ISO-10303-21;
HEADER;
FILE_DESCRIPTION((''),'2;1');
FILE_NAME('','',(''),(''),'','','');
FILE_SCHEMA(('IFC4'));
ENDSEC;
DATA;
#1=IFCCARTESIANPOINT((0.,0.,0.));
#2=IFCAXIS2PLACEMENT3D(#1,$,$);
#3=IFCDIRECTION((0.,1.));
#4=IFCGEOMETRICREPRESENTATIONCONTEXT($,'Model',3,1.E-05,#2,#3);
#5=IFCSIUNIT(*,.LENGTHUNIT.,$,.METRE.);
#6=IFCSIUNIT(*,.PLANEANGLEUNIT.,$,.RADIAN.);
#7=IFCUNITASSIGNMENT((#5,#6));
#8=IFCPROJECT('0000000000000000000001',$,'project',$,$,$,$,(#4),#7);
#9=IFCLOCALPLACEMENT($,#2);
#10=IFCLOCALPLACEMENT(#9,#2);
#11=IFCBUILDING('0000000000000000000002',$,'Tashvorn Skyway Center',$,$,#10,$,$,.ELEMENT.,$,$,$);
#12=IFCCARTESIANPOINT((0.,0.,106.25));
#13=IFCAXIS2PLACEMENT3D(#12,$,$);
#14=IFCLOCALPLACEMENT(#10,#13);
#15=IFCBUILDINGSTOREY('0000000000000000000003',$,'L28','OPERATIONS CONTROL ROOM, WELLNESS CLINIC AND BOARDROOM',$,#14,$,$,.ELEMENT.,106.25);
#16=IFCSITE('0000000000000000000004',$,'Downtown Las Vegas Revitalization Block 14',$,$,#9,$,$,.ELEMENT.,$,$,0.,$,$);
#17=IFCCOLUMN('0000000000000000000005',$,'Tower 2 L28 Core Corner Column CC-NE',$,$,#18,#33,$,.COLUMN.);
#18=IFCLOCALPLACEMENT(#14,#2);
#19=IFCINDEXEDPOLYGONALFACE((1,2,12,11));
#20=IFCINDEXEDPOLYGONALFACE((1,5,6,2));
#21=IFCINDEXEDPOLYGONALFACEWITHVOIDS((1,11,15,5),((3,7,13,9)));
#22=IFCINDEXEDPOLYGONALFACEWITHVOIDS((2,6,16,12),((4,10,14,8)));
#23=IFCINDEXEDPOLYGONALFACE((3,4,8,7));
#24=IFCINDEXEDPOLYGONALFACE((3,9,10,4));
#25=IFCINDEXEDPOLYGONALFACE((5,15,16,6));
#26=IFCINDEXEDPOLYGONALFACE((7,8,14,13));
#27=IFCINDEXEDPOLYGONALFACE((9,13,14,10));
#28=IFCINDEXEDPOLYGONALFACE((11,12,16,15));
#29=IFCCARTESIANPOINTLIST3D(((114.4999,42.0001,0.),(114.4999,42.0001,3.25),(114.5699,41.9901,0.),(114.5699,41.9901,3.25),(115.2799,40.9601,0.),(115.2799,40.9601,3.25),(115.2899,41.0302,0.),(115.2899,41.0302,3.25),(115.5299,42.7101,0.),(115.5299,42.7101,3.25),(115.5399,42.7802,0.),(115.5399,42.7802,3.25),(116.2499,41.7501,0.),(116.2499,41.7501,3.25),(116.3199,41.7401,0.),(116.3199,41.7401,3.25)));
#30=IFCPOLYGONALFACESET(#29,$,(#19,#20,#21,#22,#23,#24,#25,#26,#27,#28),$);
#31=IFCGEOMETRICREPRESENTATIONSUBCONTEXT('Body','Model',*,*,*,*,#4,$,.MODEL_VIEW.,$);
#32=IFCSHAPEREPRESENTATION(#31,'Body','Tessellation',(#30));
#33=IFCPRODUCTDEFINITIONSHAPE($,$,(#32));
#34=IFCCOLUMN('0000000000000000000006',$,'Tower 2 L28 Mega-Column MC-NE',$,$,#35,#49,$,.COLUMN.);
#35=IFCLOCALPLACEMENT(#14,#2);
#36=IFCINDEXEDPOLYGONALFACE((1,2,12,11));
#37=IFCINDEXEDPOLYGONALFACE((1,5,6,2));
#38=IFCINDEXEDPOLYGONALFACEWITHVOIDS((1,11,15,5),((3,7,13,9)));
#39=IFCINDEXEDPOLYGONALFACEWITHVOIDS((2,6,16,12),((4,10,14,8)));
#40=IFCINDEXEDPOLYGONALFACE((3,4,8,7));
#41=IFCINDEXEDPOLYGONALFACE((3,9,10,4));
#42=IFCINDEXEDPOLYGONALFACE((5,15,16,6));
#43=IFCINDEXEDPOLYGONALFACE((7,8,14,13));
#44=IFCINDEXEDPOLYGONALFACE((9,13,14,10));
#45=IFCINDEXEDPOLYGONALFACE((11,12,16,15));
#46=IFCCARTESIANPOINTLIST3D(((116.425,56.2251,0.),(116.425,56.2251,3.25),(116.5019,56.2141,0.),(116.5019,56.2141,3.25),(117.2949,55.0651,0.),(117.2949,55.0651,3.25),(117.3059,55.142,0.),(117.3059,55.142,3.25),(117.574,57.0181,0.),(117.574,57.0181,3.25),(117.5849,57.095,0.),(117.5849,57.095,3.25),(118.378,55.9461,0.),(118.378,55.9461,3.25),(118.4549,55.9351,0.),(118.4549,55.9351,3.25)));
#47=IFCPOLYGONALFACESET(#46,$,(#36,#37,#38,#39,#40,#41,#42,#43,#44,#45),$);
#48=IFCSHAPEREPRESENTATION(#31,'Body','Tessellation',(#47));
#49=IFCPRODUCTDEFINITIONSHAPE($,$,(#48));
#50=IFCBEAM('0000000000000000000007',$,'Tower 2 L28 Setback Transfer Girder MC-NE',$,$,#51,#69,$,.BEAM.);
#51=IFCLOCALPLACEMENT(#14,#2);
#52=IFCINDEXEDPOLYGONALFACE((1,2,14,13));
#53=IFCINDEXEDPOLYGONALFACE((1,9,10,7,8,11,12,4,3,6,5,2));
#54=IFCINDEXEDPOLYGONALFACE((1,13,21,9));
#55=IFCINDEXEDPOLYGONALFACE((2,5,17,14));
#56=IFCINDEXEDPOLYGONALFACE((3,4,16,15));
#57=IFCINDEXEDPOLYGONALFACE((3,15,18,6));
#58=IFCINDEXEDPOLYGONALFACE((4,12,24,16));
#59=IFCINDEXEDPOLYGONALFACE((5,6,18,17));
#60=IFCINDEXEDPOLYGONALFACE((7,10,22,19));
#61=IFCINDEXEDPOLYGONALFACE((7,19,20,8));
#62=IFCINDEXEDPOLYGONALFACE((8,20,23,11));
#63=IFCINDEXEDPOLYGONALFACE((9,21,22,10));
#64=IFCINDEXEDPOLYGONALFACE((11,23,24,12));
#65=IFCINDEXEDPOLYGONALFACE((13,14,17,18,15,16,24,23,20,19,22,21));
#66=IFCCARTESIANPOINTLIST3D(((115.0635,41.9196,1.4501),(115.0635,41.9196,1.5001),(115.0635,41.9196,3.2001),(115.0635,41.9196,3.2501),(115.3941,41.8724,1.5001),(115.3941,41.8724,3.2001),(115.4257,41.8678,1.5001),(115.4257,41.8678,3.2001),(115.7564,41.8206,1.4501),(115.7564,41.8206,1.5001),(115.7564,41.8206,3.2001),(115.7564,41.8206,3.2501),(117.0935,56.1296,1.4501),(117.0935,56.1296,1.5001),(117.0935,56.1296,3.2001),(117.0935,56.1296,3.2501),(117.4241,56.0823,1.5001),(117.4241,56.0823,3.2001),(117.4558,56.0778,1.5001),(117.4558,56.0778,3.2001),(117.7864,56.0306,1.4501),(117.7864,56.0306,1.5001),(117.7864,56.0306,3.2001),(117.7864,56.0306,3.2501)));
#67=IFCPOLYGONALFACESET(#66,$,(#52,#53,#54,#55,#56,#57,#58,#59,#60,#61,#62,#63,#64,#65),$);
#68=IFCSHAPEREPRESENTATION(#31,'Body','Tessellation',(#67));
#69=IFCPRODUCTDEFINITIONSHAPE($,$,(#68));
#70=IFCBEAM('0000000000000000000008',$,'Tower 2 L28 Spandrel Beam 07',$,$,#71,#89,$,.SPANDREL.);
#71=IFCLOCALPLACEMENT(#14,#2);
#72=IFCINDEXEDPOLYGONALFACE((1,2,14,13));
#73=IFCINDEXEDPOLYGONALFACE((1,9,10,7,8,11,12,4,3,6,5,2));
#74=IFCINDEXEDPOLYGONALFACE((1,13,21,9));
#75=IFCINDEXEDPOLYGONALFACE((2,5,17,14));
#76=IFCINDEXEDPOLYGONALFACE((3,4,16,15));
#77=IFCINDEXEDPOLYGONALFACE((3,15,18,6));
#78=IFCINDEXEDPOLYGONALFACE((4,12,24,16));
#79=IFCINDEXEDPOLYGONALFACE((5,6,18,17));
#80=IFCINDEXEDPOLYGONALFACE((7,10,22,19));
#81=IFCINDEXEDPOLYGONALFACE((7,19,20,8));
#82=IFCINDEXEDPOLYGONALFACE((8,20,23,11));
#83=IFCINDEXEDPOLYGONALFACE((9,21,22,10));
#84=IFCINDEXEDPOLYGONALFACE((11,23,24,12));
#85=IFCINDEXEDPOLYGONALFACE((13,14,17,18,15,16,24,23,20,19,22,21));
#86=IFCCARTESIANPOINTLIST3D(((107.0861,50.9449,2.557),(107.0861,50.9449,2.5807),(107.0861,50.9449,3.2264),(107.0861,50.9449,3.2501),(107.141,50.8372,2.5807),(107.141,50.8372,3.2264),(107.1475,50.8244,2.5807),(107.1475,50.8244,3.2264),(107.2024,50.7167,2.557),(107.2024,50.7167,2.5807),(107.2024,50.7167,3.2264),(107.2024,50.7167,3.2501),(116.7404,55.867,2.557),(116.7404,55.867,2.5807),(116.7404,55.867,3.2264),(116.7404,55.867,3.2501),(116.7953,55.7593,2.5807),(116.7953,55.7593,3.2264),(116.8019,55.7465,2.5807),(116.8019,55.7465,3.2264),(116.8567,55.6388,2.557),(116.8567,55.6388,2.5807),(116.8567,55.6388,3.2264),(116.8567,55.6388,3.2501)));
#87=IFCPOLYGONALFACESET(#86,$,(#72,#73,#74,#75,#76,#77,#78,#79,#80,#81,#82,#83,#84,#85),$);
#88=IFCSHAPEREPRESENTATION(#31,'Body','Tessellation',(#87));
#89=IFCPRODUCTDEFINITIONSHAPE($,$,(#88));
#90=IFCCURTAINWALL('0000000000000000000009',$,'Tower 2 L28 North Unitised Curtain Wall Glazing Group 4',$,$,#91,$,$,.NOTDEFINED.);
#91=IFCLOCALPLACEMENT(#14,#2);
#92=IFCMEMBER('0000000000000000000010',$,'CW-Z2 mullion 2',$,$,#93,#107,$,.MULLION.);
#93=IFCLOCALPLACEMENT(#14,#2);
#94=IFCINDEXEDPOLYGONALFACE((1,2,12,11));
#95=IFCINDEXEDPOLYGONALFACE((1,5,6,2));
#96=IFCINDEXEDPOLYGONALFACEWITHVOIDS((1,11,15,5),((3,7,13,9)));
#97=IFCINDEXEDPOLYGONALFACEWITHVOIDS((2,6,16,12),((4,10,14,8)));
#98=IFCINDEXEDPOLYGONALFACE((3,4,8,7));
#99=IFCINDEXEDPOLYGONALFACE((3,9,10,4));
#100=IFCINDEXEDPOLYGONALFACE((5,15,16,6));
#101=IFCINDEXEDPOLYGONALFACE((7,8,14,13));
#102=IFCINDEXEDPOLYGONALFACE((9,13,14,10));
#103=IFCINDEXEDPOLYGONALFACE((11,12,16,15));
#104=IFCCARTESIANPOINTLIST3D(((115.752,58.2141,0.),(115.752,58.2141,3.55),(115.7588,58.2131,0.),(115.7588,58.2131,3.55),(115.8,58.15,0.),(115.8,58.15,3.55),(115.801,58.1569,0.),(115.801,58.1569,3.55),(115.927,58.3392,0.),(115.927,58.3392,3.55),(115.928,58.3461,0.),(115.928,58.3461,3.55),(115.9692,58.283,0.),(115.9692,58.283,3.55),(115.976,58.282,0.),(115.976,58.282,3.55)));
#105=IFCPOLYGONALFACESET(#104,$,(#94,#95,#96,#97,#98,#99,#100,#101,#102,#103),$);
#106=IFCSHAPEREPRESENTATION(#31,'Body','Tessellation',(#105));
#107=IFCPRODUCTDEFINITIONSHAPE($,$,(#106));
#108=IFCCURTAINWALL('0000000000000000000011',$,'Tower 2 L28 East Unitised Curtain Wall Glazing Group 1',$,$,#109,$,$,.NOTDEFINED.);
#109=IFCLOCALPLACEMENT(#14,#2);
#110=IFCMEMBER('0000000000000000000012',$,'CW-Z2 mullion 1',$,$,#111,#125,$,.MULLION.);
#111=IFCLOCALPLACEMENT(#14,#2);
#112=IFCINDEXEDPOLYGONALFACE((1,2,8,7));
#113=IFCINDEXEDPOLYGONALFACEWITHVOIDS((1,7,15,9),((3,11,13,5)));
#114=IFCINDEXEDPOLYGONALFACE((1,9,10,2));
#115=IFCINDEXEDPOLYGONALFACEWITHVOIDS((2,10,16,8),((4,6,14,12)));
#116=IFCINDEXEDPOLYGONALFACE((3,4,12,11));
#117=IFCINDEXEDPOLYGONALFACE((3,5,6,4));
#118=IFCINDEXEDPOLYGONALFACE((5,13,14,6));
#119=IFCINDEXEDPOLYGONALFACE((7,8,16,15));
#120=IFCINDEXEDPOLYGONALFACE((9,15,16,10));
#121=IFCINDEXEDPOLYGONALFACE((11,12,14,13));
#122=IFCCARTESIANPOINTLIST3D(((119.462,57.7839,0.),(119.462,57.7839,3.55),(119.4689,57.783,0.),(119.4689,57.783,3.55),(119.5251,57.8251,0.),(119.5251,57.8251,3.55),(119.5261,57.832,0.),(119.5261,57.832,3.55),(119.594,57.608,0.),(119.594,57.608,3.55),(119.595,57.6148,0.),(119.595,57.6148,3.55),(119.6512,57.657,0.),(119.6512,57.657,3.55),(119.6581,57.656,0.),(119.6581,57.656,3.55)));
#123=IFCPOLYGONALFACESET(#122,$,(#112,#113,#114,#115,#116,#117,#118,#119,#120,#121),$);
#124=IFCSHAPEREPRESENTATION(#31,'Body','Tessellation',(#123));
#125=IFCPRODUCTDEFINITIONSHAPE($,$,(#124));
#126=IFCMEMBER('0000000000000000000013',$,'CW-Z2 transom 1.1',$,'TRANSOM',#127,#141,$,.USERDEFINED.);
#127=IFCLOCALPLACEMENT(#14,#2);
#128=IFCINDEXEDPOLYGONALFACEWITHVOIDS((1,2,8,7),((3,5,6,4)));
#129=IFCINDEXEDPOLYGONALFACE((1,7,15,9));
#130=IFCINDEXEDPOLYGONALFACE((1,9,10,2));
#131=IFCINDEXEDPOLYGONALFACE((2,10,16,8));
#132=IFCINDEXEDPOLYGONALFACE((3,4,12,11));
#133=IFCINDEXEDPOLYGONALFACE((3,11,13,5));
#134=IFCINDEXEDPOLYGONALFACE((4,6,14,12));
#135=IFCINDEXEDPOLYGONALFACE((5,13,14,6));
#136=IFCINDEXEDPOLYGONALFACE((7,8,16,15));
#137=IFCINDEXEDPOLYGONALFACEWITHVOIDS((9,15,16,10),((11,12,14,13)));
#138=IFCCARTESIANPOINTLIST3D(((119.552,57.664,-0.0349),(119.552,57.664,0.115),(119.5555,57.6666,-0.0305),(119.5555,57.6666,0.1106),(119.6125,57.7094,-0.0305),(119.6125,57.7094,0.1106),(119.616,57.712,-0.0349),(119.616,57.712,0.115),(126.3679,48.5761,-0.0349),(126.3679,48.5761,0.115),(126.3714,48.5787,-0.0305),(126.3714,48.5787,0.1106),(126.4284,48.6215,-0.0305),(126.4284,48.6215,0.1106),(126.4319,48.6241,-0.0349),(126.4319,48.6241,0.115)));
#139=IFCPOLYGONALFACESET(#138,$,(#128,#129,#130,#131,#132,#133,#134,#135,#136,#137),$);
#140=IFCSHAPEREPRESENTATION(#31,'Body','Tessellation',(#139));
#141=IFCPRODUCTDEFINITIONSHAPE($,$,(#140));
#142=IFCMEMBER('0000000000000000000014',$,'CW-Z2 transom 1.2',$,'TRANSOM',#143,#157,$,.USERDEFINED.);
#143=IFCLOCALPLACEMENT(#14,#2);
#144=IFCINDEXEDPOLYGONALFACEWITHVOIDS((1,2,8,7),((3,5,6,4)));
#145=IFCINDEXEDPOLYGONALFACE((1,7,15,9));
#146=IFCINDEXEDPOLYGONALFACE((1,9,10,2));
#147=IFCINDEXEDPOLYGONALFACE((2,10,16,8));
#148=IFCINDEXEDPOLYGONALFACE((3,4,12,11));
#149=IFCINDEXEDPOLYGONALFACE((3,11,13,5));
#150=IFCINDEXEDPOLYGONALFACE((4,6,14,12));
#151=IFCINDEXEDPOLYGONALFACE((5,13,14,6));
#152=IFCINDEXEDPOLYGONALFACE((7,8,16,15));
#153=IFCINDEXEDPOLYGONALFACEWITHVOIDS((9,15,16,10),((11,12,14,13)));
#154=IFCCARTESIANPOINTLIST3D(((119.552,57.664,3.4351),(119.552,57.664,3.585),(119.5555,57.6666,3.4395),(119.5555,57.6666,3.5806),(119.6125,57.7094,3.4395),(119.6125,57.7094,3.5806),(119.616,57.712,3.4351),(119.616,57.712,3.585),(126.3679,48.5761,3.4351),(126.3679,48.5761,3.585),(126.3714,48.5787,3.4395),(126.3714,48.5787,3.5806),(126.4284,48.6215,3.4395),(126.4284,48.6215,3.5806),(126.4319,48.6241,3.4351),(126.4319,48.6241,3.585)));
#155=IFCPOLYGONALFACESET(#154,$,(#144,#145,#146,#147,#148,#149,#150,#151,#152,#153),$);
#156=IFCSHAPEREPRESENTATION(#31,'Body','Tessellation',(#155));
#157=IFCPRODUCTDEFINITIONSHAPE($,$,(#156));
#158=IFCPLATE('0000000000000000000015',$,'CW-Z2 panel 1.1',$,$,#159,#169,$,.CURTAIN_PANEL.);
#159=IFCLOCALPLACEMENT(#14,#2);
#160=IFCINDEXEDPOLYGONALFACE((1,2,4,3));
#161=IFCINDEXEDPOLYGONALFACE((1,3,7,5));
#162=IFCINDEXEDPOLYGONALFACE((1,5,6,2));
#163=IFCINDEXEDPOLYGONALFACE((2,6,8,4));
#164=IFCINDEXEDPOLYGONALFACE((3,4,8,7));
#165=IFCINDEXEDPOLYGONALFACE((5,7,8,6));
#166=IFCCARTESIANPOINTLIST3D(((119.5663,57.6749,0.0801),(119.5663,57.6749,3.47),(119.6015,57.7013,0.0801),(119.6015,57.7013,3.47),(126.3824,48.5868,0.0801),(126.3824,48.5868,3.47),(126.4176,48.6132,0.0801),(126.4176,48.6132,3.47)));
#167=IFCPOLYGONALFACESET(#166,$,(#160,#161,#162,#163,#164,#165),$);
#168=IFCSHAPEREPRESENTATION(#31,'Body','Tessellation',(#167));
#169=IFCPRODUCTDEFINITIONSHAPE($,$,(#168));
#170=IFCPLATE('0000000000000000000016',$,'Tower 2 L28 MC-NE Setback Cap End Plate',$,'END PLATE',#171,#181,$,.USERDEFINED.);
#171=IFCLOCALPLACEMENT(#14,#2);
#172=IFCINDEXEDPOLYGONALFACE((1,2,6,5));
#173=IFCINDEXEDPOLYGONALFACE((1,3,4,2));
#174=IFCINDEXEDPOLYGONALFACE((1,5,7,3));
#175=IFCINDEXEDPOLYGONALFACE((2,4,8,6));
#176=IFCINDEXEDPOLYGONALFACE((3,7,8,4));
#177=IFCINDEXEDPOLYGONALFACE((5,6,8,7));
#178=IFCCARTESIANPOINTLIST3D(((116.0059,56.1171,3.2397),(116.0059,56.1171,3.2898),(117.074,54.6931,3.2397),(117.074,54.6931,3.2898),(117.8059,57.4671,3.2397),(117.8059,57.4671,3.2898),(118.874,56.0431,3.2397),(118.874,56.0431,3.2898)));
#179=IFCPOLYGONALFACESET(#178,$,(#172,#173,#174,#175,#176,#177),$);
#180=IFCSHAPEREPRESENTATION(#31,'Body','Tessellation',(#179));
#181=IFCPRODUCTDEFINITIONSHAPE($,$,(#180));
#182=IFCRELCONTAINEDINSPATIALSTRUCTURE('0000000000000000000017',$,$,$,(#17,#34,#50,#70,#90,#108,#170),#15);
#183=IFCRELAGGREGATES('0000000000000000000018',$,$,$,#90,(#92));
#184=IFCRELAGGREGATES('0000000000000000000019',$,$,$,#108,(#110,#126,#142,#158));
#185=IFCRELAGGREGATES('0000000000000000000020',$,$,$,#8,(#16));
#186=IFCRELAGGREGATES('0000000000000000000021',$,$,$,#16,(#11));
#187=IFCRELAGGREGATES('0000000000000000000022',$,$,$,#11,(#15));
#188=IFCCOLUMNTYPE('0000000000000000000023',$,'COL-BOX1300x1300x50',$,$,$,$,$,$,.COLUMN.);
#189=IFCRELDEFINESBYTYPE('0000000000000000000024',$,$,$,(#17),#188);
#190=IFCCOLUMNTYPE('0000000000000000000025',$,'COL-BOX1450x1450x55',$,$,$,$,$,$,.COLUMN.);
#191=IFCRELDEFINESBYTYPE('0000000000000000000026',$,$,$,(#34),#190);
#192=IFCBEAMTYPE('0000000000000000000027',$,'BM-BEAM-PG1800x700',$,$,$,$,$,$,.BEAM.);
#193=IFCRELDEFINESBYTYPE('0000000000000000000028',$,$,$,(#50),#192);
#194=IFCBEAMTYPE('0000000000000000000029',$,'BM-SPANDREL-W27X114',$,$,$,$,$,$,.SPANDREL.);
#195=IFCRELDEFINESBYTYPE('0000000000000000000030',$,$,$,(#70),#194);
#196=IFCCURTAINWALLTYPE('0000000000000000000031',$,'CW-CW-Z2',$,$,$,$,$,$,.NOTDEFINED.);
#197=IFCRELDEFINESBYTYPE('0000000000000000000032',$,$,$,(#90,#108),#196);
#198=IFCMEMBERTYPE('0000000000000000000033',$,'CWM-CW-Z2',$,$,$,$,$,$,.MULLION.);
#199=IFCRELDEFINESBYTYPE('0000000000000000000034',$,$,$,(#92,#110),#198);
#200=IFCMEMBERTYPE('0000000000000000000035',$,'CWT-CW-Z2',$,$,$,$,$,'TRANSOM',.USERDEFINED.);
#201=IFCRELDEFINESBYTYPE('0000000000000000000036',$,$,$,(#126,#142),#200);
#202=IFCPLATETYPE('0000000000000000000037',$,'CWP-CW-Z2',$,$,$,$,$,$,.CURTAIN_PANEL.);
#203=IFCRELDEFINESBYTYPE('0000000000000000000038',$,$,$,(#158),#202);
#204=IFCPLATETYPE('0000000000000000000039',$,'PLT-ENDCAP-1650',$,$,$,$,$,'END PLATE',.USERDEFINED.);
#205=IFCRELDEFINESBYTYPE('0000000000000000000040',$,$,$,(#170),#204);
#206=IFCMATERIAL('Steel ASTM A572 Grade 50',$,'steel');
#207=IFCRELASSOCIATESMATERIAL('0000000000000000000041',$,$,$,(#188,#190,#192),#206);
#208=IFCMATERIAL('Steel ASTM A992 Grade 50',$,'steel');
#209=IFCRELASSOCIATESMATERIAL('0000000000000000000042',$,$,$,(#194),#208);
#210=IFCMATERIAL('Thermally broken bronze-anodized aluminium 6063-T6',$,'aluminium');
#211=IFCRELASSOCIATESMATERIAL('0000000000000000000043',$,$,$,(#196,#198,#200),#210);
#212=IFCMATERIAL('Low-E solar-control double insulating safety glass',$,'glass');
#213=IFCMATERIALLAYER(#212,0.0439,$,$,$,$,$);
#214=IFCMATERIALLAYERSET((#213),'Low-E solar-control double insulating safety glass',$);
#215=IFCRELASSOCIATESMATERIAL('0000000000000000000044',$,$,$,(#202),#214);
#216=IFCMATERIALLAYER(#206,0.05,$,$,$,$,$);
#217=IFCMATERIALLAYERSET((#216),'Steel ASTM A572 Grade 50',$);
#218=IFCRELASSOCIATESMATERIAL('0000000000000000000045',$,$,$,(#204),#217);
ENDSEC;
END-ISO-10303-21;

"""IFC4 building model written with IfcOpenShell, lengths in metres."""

from ifc_helpers import new_model, si_unit, direction, frame, origin, origin_2d, place, context, subcontext, project, spatial, rectangle, hollow_rectangle, i_section, extrude, material, layer, layer_set, material_profile, profile_set, type_object, element, aggregate, save


model = new_model("IFC4")

# Units and contexts
model_context = context("Model", 3, precision=1e-05, world=origin(), true_north=direction((0.0, 1.0)))
body_context = subcontext(model_context, "Body", "Model", "MODEL_VIEW")
ifc_project = project(units=[si_unit("LENGTHUNIT", "METRE"), si_unit("PLANEANGLEUNIT", "RADIAN")], contexts=[model_context])

# Site, building, storey
site_placement = place(None, origin())
site = spatial("IfcSite", under=ifc_project, at=site_placement, Name="Downtown Las Vegas Revitalization Block 14", CompositionType="ELEMENT", RefElevation=0.0)
building_placement = place(site_placement, origin())
building = spatial("IfcBuilding", under=site, at=building_placement, Name="Tashvorn Skyway Center", CompositionType="ELEMENT")
storey_placement = place(building_placement, frame((0.0, 0.0, 106.25)))
storey = spatial("IfcBuildingStorey", under=building, at=storey_placement, Name="L28", Description="OPERATIONS CONTROL ROOM, WELLNESS CLINIC AND BOARDROOM", CompositionType="ELEMENT", Elevation=106.25)

# Columns
ifc_material_1 = material(Name="Steel ASTM A572 Grade 50", Category="steel")
ifc_material_profile_1 = material_profile(ifc_material_1, hollow_rectangle(XDim=1.3, YDim=1.3, WallThickness=0.05, at=origin_2d()), Name="BOX1300x1300x50")
ifc_profile_set_1 = profile_set([ifc_material_profile_1], Name="Steel ASTM A572 Grade 50")
column_type_1 = type_object("IfcColumnType", Name="COL-BOX1300x1300x50", PredefinedType="COLUMN", material=ifc_profile_set_1)
column_1_placement = place(storey_placement, frame((115.4099, 41.8701, 0.0), z_axis=(0.0, 0.0, 1.0), x_axis=(0.8, 0.6, 0.0)))
element("IfcColumn", 1, at=column_1_placement, inside=storey, type_object=column_type_1, Name="Tower 2 L28 Core Corner Column CC-NE", PredefinedType="COLUMN", context=body_context, shape_type="SweptSolid", body=[
    extrude(hollow_rectangle(XDim=1.3, YDim=1.3, WallThickness=0.05, at=origin_2d()), origin(), (0.0, 0.0, 1.0), 3.25),
])
ifc_material_profile_2 = material_profile(ifc_material_1, hollow_rectangle(XDim=1.45, YDim=1.45, WallThickness=0.0549, at=origin_2d()), Name="BOX1450x1450x55")
ifc_profile_set_2 = profile_set([ifc_material_profile_2], Name="Steel ASTM A572 Grade 50")
column_type_2 = type_object("IfcColumnType", Name="COL-BOX1450x1450x55", PredefinedType="COLUMN", material=ifc_profile_set_2)
column_2_placement = place(storey_placement, frame((117.4399, 56.0801, 0.0), z_axis=(0.0, 0.0, 1.0), x_axis=(0.8, 0.6, 0.0)))
element("IfcColumn", 2, at=column_2_placement, inside=storey, type_object=column_type_2, Name="Tower 2 L28 Mega-Column MC-NE", PredefinedType="COLUMN", context=body_context, shape_type="SweptSolid", body=[
    extrude(hollow_rectangle(XDim=1.45, YDim=1.45, WallThickness=0.0549, at=origin_2d()), origin(), (0.0, 0.0, 1.0), 3.25),
])

# Beams
ifc_material_profile_3 = material_profile(ifc_material_1, i_section(OverallWidth=0.7, OverallDepth=1.8, WebThickness=0.032, FlangeThickness=0.05, at=origin_2d()), Name="PG1800x700")
ifc_profile_set_3 = profile_set([ifc_material_profile_3], Name="Steel ASTM A572 Grade 50")
beam_type_1 = type_object("IfcBeamType", Name="BM-BEAM-PG1800x700", PredefinedType="BEAM", material=ifc_profile_set_3)
beam_1_placement = place(storey_placement, frame((117.4399, 56.0801, 2.3501), z_axis=(-0.141424, -0.989949, 0.0), x_axis=(0.989949, -0.141424, 0.0)))
element("IfcBeam", 3, at=beam_1_placement, inside=storey, type_object=beam_type_1, Name="Tower 2 L28 Setback Transfer Girder MC-NE", PredefinedType="BEAM", context=body_context, shape_type="SweptSolid", body=[
    extrude(i_section(OverallWidth=0.7, OverallDepth=1.8, WebThickness=0.032, FlangeThickness=0.05, at=origin_2d()), origin(), (0.0, 0.0, 1.0), 14.3542),
])
ifc_material_2 = material(Name="Steel ASTM A992 Grade 50", Category="steel")
ifc_material_profile_4 = material_profile(ifc_material_2, i_section(OverallWidth=0.2561, OverallDepth=0.6931, WebThickness=0.0144, FlangeThickness=0.0237, at=origin_2d()), Name="W27X114")
ifc_profile_set_4 = profile_set([ifc_material_profile_4], Name="Steel ASTM A992 Grade 50")
beam_type_2 = type_object("IfcBeamType", Name="BM-SPANDREL-W27X114", PredefinedType="SPANDREL", material=ifc_profile_set_4)
beam_2_placement = place(storey_placement, frame((116.7986, 55.7529, 2.9036), z_axis=(-0.890894, -0.454211, 0.0), x_axis=(0.454211, -0.890894, 0.0)))
element("IfcBeam", 4, at=beam_2_placement, inside=storey, type_object=beam_type_2, Name="Tower 2 L28 Spandrel Beam 07", PredefinedType="SPANDREL", context=body_context, shape_type="SweptSolid", body=[
    extrude(i_section(OverallWidth=0.2561, OverallDepth=0.6931, WebThickness=0.0144, FlangeThickness=0.0237, at=origin_2d()), origin(), (0.0, 0.0, 1.0), 10.8367),
])

# Curtain wall, member
ifc_material_3 = material(Name="Thermally broken bronze-anodized aluminium 6063-T6", Category="aluminium")
curtain_wall_type = type_object("IfcCurtainWallType", Name="CW-CW-Z2", PredefinedType="NOTDEFINED", material=ifc_material_3)
curtain_wall_1_placement = place(storey_placement, origin())
curtain_wall_1 = element("IfcCurtainWall", 5, at=curtain_wall_1_placement, inside=storey, type_object=curtain_wall_type, Name="Tower 2 L28 North Unitised Curtain Wall Glazing Group 4", PredefinedType="NOTDEFINED")
ifc_material_profile_5 = material_profile(ifc_material_3, hollow_rectangle(XDim=0.0801, YDim=0.22, WallThickness=0.0049, at=origin_2d()), Name="ALU-MULL-80x220")
ifc_profile_set_5 = profile_set([ifc_material_profile_5], Name="Thermally broken bronze-anodized aluminium 6063-T6")
member_type_1 = type_object("IfcMemberType", Name="CWM-CW-Z2", PredefinedType="MULLION", material=ifc_profile_set_5)
member_1_placement = place(storey_placement, frame((115.864, 58.248, 0.0), z_axis=(0.0, 0.0, 1.0), x_axis=(-0.6, 0.8, 0.0)))
member_1 = element("IfcMember", 6, at=member_1_placement, type_object=member_type_1, Name="CW-Z2 mullion 2", PredefinedType="MULLION", context=body_context, shape_type="SweptSolid", body=[
    extrude(hollow_rectangle(XDim=0.0801, YDim=0.22, WallThickness=0.0049, at=origin_2d()), origin(), (0.0, 0.0, 1.0), 3.55),
])
aggregate(curtain_wall_1, [member_1])

# Curtain wall, members, plate
curtain_wall_2_placement = place(storey_placement, origin())
curtain_wall_2 = element("IfcCurtainWall", 7, at=curtain_wall_2_placement, inside=storey, type_object=curtain_wall_type, Name="Tower 2 L28 East Unitised Curtain Wall Glazing Group 1", PredefinedType="NOTDEFINED")
member_2_placement = place(storey_placement, frame((119.5601, 57.72, 0.0), z_axis=(0.0, 0.0, 1.0), x_axis=(0.8, 0.6, 0.0)))
member_2 = element("IfcMember", 8, at=member_2_placement, type_object=member_type_1, Name="CW-Z2 mullion 1", PredefinedType="MULLION", context=body_context, shape_type="SweptSolid", body=[
    extrude(hollow_rectangle(XDim=0.0801, YDim=0.22, WallThickness=0.0049, at=origin_2d()), origin(), (0.0, 0.0, 1.0), 3.55),
])
ifc_material_profile_6 = material_profile(ifc_material_3, hollow_rectangle(XDim=0.0801, YDim=0.1499, WallThickness=0.0044, at=origin_2d()), Name="ALU-TRAN-80x150")
ifc_profile_set_6 = profile_set([ifc_material_profile_6], Name="Thermally broken bronze-anodized aluminium 6063-T6")
member_type_2 = type_object("IfcMemberType", Name="CWT-CW-Z2", ElementType="TRANSOM", PredefinedType="USERDEFINED", material=ifc_profile_set_6)
member_3_placement = place(storey_placement, frame((119.584, 57.688, 0.04), z_axis=(0.6, -0.8, 0.0), x_axis=(0.8, 0.6, 0.0)))
member_3 = element("IfcMember", 9, at=member_3_placement, type_object=member_type_2, Name="CW-Z2 transom 1.1", ObjectType="TRANSOM", PredefinedType="USERDEFINED", context=body_context, shape_type="SweptSolid", body=[
    extrude(hollow_rectangle(XDim=0.0801, YDim=0.1499, WallThickness=0.0044, at=origin_2d()), origin(), (0.0, 0.0, 1.0), 11.3599),
])
member_4_placement = place(storey_placement, frame((119.584, 57.688, 3.51), z_axis=(0.6, -0.8, 0.0), x_axis=(0.8, 0.6, 0.0)))
member_4 = element("IfcMember", 10, at=member_4_placement, type_object=member_type_2, Name="CW-Z2 transom 1.2", ObjectType="TRANSOM", PredefinedType="USERDEFINED", context=body_context, shape_type="SweptSolid", body=[
    extrude(hollow_rectangle(XDim=0.0801, YDim=0.1499, WallThickness=0.0044, at=origin_2d()), origin(), (0.0, 0.0, 1.0), 11.3599),
])
ifc_material_4 = material(Name="Low-E solar-control double insulating safety glass", Category="glass")
ifc_layer_1 = layer(ifc_material_4, 0.0439)
ifc_layer_set_1 = layer_set([ifc_layer_1], Name="Low-E solar-control double insulating safety glass")
plate_type_1 = type_object("IfcPlateType", Name="CWP-CW-Z2", PredefinedType="CURTAIN_PANEL", material=ifc_layer_set_1)
plate_1_placement = place(storey_placement, frame((122.9919, 53.144, 0.0801), z_axis=(0.0, 0.0, 1.0), x_axis=(0.6, -0.8, 0.0)))
plate_1 = element("IfcPlate", 11, at=plate_1_placement, type_object=plate_type_1, Name="CW-Z2 panel 1.1", PredefinedType="CURTAIN_PANEL", context=body_context, shape_type="SweptSolid", body=[
    extrude(rectangle(XDim=11.3601, YDim=0.0439, at=origin_2d()), origin(), (0.0, 0.0, 1.0), 3.3899),
])
aggregate(curtain_wall_2, [member_2, member_3, member_4, plate_1])

# Plate
ifc_layer_2 = layer(ifc_material_1, 0.05)
ifc_layer_set_2 = layer_set([ifc_layer_2], Name="Steel ASTM A572 Grade 50")
plate_type_2 = type_object("IfcPlateType", Name="PLT-ENDCAP-1650", ElementType="END PLATE", PredefinedType="USERDEFINED", material=ifc_layer_set_2)
plate_2_placement = place(storey_placement, frame((117.4399, 56.0801, 3.2397), z_axis=(0.0, 0.0, 1.0), x_axis=(0.8, 0.6, 0.0)))
element("IfcPlate", 12, at=plate_2_placement, inside=storey, type_object=plate_type_2, Name="Tower 2 L28 MC-NE Setback Cap End Plate", ObjectType="END PLATE", PredefinedType="USERDEFINED", context=body_context, shape_type="SweptSolid", body=[
    extrude(rectangle(XDim=2.25, YDim=1.78, at=origin_2d()), origin(), (0.0, 0.0, 1.0), 0.05),
])

save(model, "model.ifc")
